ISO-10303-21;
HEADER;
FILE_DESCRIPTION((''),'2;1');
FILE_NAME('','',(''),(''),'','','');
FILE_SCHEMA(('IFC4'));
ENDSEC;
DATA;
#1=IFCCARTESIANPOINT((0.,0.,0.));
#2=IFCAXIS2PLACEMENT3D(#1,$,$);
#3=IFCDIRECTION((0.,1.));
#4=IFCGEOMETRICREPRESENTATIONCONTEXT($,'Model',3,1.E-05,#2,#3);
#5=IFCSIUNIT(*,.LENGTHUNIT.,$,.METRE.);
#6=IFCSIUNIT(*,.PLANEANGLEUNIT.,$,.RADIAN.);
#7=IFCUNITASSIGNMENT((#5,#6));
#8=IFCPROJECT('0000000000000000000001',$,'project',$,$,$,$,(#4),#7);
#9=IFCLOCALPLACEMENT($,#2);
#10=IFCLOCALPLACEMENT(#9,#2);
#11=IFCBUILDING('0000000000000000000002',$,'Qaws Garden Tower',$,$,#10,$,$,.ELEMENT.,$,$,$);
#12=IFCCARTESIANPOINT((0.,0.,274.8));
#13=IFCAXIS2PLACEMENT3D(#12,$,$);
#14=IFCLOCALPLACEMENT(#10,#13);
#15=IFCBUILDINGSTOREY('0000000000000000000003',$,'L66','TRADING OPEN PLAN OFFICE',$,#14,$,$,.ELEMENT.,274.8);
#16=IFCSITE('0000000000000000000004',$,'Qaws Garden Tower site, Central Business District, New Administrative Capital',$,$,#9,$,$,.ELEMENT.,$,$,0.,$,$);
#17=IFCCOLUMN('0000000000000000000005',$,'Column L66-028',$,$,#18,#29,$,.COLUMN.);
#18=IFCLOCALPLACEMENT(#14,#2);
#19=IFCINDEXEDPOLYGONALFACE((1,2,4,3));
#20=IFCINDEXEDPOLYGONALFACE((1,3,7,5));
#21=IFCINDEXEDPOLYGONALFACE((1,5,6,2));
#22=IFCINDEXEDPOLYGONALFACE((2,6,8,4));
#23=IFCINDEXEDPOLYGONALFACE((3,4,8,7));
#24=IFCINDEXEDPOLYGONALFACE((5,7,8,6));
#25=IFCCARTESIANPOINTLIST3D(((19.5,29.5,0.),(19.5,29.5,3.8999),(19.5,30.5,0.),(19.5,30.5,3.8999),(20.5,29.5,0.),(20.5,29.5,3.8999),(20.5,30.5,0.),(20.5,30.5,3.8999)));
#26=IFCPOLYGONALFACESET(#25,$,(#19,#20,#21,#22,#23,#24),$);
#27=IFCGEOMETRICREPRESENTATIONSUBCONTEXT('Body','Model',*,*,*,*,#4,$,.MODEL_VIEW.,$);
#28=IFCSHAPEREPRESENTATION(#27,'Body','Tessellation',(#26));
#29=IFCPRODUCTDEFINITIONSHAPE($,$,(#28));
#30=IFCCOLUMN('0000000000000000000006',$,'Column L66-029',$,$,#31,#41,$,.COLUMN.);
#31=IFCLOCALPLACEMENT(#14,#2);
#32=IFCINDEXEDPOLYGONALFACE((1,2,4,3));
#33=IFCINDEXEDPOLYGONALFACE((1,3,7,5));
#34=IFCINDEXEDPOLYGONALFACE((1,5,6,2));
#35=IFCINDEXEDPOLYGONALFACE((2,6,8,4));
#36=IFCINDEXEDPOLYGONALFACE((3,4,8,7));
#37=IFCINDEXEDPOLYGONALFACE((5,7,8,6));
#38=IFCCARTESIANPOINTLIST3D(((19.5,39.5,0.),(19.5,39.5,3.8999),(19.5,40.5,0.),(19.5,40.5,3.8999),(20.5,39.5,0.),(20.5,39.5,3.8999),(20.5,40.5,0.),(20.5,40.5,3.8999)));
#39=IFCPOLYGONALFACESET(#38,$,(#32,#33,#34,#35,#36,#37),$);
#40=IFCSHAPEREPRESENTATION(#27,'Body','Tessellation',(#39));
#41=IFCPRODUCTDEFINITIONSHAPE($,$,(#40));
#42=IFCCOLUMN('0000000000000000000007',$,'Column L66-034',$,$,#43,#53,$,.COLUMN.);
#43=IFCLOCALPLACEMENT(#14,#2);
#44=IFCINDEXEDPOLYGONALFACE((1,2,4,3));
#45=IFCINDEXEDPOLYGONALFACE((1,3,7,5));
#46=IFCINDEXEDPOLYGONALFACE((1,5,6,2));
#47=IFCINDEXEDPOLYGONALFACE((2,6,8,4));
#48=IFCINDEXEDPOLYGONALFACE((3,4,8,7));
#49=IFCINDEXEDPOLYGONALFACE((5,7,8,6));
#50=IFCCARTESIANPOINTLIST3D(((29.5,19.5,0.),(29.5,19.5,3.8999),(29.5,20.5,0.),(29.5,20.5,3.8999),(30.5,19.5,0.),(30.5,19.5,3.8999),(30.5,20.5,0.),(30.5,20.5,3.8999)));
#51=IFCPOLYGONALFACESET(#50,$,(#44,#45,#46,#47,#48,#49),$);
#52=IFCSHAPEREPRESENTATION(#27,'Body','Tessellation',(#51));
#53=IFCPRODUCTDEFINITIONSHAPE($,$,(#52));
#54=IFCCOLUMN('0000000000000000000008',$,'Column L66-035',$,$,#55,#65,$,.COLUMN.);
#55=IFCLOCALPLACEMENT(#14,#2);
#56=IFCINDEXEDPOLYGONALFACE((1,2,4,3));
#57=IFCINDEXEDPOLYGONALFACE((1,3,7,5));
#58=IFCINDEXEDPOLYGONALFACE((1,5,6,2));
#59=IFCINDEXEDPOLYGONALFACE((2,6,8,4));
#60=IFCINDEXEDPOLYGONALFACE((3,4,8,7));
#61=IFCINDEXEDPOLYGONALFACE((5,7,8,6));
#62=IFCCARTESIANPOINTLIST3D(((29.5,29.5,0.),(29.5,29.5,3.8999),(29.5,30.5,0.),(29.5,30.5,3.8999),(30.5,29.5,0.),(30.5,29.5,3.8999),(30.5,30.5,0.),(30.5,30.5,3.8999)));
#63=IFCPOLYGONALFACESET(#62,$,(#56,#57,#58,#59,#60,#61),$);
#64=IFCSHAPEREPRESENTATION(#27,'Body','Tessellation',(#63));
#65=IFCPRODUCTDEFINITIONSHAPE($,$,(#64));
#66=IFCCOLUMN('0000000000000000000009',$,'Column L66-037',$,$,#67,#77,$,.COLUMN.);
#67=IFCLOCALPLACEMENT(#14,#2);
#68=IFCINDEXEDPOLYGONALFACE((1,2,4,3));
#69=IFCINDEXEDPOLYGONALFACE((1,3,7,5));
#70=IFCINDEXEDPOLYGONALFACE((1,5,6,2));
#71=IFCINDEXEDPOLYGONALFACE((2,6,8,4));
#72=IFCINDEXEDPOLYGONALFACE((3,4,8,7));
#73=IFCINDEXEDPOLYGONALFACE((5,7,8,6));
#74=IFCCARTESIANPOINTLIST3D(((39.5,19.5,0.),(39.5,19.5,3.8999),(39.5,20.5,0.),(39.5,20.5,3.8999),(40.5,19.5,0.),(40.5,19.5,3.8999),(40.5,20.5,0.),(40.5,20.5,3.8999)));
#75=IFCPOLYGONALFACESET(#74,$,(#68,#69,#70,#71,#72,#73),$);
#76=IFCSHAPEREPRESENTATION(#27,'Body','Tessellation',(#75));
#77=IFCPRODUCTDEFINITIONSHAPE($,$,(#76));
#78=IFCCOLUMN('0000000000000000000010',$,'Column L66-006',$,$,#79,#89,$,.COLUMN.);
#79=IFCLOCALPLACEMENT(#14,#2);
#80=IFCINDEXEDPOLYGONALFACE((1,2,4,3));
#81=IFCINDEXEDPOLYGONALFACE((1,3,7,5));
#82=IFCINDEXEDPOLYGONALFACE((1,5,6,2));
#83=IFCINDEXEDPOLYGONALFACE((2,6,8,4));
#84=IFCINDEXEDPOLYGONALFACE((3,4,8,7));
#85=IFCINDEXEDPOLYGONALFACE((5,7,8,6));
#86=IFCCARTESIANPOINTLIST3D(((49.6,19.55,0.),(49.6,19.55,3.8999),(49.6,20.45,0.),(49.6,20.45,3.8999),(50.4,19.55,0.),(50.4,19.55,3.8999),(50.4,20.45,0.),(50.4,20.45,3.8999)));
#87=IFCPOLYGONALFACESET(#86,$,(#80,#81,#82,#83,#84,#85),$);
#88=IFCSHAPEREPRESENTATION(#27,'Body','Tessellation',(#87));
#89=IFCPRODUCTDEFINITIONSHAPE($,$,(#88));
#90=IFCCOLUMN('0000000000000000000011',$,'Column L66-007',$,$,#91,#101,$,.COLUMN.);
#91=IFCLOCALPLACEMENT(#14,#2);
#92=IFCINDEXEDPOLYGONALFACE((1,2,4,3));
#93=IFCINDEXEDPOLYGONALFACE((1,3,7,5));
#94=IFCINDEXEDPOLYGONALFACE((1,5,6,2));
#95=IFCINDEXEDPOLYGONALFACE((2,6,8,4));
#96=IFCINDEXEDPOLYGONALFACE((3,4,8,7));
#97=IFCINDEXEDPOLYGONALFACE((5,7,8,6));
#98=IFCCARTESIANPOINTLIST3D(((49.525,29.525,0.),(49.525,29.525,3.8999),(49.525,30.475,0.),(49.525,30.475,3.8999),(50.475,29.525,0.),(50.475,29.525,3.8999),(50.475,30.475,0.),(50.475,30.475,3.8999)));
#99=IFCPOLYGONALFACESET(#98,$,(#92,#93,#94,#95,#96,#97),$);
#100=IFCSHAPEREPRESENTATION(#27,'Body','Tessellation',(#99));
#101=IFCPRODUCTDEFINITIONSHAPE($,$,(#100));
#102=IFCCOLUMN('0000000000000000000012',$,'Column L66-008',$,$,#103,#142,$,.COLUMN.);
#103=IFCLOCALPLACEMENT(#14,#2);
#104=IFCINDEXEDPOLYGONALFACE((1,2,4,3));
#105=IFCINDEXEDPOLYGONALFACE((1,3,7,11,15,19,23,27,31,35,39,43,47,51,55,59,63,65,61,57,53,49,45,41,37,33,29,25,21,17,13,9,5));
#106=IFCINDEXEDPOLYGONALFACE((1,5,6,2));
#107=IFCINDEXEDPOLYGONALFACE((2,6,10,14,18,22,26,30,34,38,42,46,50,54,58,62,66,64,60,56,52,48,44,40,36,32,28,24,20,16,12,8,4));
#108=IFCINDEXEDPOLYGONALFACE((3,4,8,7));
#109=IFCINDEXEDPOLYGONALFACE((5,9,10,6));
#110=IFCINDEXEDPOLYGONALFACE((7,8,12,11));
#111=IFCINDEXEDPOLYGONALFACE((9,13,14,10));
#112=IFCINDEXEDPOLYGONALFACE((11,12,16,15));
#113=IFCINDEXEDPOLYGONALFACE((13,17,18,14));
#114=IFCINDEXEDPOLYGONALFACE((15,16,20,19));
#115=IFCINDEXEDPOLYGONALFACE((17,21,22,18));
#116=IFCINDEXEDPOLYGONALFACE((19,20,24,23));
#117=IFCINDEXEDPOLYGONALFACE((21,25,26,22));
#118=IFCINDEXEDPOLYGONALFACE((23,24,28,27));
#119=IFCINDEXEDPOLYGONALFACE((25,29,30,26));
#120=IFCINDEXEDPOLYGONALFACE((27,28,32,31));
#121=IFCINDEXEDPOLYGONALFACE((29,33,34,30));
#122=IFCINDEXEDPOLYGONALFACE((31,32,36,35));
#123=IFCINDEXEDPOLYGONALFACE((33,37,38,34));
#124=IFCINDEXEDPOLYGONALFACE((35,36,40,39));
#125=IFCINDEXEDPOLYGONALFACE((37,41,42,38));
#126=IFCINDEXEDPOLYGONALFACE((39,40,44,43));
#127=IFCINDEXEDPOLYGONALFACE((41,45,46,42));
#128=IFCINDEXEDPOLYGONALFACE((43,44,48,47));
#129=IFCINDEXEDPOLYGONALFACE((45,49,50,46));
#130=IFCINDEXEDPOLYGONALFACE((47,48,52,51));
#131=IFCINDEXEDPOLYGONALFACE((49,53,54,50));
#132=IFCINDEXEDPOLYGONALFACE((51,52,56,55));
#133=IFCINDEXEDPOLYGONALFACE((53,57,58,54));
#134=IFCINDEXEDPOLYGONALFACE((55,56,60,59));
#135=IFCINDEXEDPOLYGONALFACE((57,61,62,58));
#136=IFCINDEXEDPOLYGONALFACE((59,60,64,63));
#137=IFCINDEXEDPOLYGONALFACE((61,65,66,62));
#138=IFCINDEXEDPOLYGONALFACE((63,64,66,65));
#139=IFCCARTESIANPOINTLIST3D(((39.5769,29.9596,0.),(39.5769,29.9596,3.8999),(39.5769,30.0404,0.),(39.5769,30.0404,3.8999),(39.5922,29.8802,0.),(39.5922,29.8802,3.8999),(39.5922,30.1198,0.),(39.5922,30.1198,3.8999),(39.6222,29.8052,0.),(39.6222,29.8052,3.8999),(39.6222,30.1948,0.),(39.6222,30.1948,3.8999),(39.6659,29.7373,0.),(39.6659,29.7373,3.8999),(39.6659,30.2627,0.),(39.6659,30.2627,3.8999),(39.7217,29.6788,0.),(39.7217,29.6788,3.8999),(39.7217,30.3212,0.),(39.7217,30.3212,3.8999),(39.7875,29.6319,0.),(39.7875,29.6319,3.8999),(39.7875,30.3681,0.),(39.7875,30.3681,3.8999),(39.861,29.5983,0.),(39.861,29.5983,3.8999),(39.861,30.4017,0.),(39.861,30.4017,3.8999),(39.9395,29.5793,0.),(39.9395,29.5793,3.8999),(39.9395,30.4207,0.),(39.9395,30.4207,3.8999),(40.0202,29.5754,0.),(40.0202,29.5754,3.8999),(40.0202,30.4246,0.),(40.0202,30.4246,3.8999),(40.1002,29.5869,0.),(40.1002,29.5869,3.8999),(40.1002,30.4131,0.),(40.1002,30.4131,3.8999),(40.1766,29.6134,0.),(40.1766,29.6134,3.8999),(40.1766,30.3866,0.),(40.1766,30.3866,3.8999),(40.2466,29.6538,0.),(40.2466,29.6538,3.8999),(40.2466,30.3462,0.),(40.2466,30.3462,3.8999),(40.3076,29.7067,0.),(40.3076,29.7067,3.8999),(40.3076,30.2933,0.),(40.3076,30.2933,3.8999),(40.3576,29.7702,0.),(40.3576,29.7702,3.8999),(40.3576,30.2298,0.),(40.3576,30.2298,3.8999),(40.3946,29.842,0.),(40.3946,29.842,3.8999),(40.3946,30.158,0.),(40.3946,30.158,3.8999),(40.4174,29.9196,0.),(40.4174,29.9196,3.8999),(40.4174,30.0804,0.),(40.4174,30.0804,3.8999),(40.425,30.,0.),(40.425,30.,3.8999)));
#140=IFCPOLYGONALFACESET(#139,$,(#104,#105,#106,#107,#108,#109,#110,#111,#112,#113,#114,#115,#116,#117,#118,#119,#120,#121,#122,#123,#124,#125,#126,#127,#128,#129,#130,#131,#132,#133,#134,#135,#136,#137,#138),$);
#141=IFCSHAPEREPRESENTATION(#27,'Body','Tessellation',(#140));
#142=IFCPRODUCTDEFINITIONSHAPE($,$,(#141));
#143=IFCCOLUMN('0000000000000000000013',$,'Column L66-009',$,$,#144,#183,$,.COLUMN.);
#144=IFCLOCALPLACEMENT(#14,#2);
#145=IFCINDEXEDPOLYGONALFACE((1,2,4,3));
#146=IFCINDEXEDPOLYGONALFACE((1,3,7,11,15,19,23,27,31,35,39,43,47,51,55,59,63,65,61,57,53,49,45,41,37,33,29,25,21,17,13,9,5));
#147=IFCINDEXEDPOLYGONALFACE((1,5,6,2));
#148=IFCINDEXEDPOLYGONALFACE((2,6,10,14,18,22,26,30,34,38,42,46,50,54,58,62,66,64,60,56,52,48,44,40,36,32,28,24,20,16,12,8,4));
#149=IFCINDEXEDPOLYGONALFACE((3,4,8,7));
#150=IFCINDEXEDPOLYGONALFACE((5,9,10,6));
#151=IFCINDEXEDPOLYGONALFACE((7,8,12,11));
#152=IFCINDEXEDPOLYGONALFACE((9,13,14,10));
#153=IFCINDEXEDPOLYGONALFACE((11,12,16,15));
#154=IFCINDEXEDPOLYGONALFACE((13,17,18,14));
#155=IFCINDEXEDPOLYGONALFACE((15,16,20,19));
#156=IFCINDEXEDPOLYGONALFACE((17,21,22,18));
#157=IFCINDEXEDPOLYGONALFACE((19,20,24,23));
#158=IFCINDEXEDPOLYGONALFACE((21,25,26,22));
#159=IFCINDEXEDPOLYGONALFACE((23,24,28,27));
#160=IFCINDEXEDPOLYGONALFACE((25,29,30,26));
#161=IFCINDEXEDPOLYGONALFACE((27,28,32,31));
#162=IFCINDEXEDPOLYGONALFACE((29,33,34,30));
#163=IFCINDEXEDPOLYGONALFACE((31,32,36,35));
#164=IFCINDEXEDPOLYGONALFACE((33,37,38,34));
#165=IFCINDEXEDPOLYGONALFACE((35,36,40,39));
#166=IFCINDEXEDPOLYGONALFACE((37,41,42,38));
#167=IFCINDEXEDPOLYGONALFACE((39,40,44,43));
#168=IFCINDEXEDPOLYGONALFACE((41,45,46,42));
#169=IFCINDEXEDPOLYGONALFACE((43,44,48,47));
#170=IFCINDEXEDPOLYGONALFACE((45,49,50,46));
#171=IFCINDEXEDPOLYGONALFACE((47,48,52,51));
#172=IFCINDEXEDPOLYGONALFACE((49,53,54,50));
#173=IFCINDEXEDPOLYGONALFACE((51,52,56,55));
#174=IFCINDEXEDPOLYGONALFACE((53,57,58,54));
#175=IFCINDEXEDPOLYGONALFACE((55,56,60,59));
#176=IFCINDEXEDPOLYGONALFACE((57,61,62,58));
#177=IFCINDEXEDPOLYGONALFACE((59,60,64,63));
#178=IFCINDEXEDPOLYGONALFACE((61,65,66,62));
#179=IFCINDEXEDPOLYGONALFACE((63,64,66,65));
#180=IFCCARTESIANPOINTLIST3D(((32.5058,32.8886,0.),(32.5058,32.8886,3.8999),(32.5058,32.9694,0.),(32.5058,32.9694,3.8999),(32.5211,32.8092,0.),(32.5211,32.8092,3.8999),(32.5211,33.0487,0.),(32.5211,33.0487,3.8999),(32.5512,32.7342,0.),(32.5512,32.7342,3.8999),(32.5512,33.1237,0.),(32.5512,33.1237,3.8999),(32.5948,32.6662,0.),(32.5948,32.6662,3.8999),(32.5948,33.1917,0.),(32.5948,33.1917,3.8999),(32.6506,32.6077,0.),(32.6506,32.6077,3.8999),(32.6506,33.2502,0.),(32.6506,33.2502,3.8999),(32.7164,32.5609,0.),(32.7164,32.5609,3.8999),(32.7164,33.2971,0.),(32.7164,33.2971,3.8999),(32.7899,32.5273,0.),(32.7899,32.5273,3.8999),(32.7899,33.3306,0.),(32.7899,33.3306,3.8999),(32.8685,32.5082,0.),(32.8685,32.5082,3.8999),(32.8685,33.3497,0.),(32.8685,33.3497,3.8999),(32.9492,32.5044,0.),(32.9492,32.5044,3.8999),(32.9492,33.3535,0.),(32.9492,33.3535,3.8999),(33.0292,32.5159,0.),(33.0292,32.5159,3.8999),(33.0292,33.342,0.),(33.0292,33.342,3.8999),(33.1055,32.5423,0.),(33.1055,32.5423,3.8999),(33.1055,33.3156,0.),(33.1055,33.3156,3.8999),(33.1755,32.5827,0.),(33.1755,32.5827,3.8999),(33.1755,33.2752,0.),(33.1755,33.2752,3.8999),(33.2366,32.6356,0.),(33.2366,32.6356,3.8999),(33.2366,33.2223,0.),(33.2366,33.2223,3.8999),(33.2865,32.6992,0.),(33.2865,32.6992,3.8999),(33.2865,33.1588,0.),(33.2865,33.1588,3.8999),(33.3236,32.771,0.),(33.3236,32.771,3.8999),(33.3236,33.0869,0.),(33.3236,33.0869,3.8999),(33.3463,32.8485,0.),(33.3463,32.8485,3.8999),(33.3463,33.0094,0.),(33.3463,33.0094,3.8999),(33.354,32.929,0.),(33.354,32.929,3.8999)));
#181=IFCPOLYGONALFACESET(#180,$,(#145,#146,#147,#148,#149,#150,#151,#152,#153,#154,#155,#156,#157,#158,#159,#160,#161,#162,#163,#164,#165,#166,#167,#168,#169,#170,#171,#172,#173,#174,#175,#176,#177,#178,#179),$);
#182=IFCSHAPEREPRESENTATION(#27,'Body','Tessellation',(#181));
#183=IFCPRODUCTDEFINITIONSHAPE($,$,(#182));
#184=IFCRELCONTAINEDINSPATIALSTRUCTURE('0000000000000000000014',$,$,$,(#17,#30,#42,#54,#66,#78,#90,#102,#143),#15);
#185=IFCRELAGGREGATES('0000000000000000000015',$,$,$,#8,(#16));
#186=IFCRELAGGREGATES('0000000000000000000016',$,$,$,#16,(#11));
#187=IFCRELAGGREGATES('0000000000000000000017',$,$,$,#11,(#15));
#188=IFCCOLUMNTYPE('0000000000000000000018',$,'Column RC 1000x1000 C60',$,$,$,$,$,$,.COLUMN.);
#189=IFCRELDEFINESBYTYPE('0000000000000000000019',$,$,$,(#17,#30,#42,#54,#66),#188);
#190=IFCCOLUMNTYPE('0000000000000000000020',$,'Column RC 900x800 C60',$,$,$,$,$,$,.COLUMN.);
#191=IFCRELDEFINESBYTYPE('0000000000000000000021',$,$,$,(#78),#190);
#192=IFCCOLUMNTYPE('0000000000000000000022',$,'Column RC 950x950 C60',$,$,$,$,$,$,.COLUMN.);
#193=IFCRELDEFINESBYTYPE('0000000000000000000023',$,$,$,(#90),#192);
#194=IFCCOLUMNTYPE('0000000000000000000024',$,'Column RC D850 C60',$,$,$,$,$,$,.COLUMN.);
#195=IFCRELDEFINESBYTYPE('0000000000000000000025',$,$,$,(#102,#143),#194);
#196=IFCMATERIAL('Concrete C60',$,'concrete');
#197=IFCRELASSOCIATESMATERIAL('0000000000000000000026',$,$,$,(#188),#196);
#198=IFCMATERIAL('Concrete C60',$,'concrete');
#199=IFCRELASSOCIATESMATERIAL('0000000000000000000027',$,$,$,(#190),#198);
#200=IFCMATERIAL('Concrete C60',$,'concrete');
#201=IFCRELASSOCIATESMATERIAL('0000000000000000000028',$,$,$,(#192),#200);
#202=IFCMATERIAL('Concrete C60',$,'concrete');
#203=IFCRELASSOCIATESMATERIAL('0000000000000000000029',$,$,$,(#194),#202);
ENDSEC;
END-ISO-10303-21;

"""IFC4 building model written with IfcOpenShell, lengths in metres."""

from ifc_helpers import new_model, si_unit, direction, frame, origin, origin_2d, place, context, subcontext, project, spatial, rectangle, circle, extrude, material, material_profile, profile_set, type_object, element, save


model = new_model("IFC4")

# Units and contexts
model_context = context("Model", 3, precision=1e-05, world=origin(), true_north=direction((0.0, 1.0)))
body_context = subcontext(model_context, "Body", "Model", "MODEL_VIEW")
ifc_project = project(units=[si_unit("LENGTHUNIT", "METRE"), si_unit("PLANEANGLEUNIT", "RADIAN")], contexts=[model_context])

# Site, building, storey
site_placement = place(None, origin())
site = spatial("IfcSite", under=ifc_project, at=site_placement, Name="Qaws Garden Tower site, Central Business District, New Administrative Capital", CompositionType="ELEMENT", RefElevation=0.0)
building_placement = place(site_placement, origin())
building = spatial("IfcBuilding", under=site, at=building_placement, Name="Qaws Garden Tower", CompositionType="ELEMENT")
storey_placement = place(building_placement, frame((0.0, 0.0, 274.8)))
storey = spatial("IfcBuildingStorey", under=building, at=storey_placement, Name="L66", Description="TRADING OPEN PLAN OFFICE", CompositionType="ELEMENT", Elevation=274.8)

# Columns
ifc_material_1 = material(Name="Concrete C60", Category="concrete")
ifc_material_profile_1 = material_profile(ifc_material_1, rectangle(XDim=1.0, YDim=1.0, at=origin_2d()), Name="RC 1000x1000")
ifc_profile_set_1 = profile_set([ifc_material_profile_1], Name="Concrete C60")
column_type_1 = type_object("IfcColumnType", Name="Column RC 1000x1000 C60", PredefinedType="COLUMN", material=ifc_profile_set_1)
for number, where, z_axis, x_axis, name in (
    (1, (20.0, 30.0, 0.0), (0.0, 0.0, 1.0), (1.0, 0.0, 0.0), "Column L66-028"),
    (2, (20.0, 40.0, 0.0), (0.0, 0.0, 1.0), (1.0, 0.0, 0.0), "Column L66-029"),
    (3, (30.0, 20.0, 0.0), (0.0, 0.0, 1.0), (1.0, 0.0, 0.0), "Column L66-034"),
    (4, (30.0, 30.0, 0.0), (0.0, 0.0, 1.0), (1.0, 0.0, 0.0), "Column L66-035"),
    (5, (40.0, 20.0, 0.0), (0.0, 0.0, 1.0), (1.0, 0.0, 0.0), "Column L66-037"),
):
    element("IfcColumn", number, at=place(storey_placement, frame(where, z_axis=z_axis, x_axis=x_axis)), inside=storey, type_object=column_type_1, Name=name, PredefinedType="COLUMN", context=body_context, shape_type="SweptSolid", body=[
        extrude(rectangle(XDim=1.0, YDim=1.0, at=origin_2d()), origin(), (0.0, 0.0, 1.0), 3.8999),
    ])
ifc_material_2 = material(Name="Concrete C60", Category="concrete")
ifc_material_profile_2 = material_profile(ifc_material_2, rectangle(XDim=0.8999, YDim=0.8, at=origin_2d()), Name="RC 900x800")
ifc_profile_set_2 = profile_set([ifc_material_profile_2], Name="Concrete C60")
column_type_2 = type_object("IfcColumnType", Name="Column RC 900x800 C60", PredefinedType="COLUMN", material=ifc_profile_set_2)
column_1_placement = place(storey_placement, frame((50.0, 20.0, 0.0), z_axis=(0.0, 0.0, 1.0), x_axis=(0.0, 1.0, 0.0)))
element("IfcColumn", 6, at=column_1_placement, inside=storey, type_object=column_type_2, Name="Column L66-006", PredefinedType="COLUMN", context=body_context, shape_type="SweptSolid", body=[
    extrude(rectangle(XDim=0.8999, YDim=0.8, at=origin_2d()), origin(), (0.0, 0.0, 1.0), 3.8999),
])
ifc_material_3 = material(Name="Concrete C60", Category="concrete")
ifc_material_profile_3 = material_profile(ifc_material_3, rectangle(XDim=0.95, YDim=0.95, at=origin_2d()), Name="RC 950x950")
ifc_profile_set_3 = profile_set([ifc_material_profile_3], Name="Concrete C60")
column_type_3 = type_object("IfcColumnType", Name="Column RC 950x950 C60", PredefinedType="COLUMN", material=ifc_profile_set_3)
column_2_placement = place(storey_placement, frame((50.0, 30.0, 0.0), z_axis=(0.0, 0.0, 1.0), x_axis=(1.0, 0.0, 0.0)))
element("IfcColumn", 7, at=column_2_placement, inside=storey, type_object=column_type_3, Name="Column L66-007", PredefinedType="COLUMN", context=body_context, shape_type="SweptSolid", body=[
    extrude(rectangle(XDim=0.95, YDim=0.95, at=origin_2d()), origin(), (0.0, 0.0, 1.0), 3.8999),
])
ifc_material_4 = material(Name="Concrete C60", Category="concrete")
ifc_material_profile_4 = material_profile(ifc_material_4, circle(Radius=0.425, at=origin_2d()), Name="RC D850")
ifc_profile_set_4 = profile_set([ifc_material_profile_4], Name="Concrete C60")
column_type_4 = type_object("IfcColumnType", Name="Column RC D850 C60", PredefinedType="COLUMN", material=ifc_profile_set_4)
for number, where, z_axis, x_axis, name in (
    (8, (40.0, 30.0, 0.0), (0.0, 0.0, 1.0), (1.0, 0.0, 0.0), "Column L66-008"),
    (9, (32.929, 32.929, 0.0), (0.0, 0.0, 1.0), (1.0, 0.0, 0.0), "Column L66-009"),
):
    element("IfcColumn", number, at=place(storey_placement, frame(where, z_axis=z_axis, x_axis=x_axis)), inside=storey, type_object=column_type_4, Name=name, PredefinedType="COLUMN", context=body_context, shape_type="SweptSolid", body=[
        extrude(circle(Radius=0.425, at=origin_2d()), origin(), (0.0, 0.0, 1.0), 3.8999),
    ])

save(model, "model.ifc")
